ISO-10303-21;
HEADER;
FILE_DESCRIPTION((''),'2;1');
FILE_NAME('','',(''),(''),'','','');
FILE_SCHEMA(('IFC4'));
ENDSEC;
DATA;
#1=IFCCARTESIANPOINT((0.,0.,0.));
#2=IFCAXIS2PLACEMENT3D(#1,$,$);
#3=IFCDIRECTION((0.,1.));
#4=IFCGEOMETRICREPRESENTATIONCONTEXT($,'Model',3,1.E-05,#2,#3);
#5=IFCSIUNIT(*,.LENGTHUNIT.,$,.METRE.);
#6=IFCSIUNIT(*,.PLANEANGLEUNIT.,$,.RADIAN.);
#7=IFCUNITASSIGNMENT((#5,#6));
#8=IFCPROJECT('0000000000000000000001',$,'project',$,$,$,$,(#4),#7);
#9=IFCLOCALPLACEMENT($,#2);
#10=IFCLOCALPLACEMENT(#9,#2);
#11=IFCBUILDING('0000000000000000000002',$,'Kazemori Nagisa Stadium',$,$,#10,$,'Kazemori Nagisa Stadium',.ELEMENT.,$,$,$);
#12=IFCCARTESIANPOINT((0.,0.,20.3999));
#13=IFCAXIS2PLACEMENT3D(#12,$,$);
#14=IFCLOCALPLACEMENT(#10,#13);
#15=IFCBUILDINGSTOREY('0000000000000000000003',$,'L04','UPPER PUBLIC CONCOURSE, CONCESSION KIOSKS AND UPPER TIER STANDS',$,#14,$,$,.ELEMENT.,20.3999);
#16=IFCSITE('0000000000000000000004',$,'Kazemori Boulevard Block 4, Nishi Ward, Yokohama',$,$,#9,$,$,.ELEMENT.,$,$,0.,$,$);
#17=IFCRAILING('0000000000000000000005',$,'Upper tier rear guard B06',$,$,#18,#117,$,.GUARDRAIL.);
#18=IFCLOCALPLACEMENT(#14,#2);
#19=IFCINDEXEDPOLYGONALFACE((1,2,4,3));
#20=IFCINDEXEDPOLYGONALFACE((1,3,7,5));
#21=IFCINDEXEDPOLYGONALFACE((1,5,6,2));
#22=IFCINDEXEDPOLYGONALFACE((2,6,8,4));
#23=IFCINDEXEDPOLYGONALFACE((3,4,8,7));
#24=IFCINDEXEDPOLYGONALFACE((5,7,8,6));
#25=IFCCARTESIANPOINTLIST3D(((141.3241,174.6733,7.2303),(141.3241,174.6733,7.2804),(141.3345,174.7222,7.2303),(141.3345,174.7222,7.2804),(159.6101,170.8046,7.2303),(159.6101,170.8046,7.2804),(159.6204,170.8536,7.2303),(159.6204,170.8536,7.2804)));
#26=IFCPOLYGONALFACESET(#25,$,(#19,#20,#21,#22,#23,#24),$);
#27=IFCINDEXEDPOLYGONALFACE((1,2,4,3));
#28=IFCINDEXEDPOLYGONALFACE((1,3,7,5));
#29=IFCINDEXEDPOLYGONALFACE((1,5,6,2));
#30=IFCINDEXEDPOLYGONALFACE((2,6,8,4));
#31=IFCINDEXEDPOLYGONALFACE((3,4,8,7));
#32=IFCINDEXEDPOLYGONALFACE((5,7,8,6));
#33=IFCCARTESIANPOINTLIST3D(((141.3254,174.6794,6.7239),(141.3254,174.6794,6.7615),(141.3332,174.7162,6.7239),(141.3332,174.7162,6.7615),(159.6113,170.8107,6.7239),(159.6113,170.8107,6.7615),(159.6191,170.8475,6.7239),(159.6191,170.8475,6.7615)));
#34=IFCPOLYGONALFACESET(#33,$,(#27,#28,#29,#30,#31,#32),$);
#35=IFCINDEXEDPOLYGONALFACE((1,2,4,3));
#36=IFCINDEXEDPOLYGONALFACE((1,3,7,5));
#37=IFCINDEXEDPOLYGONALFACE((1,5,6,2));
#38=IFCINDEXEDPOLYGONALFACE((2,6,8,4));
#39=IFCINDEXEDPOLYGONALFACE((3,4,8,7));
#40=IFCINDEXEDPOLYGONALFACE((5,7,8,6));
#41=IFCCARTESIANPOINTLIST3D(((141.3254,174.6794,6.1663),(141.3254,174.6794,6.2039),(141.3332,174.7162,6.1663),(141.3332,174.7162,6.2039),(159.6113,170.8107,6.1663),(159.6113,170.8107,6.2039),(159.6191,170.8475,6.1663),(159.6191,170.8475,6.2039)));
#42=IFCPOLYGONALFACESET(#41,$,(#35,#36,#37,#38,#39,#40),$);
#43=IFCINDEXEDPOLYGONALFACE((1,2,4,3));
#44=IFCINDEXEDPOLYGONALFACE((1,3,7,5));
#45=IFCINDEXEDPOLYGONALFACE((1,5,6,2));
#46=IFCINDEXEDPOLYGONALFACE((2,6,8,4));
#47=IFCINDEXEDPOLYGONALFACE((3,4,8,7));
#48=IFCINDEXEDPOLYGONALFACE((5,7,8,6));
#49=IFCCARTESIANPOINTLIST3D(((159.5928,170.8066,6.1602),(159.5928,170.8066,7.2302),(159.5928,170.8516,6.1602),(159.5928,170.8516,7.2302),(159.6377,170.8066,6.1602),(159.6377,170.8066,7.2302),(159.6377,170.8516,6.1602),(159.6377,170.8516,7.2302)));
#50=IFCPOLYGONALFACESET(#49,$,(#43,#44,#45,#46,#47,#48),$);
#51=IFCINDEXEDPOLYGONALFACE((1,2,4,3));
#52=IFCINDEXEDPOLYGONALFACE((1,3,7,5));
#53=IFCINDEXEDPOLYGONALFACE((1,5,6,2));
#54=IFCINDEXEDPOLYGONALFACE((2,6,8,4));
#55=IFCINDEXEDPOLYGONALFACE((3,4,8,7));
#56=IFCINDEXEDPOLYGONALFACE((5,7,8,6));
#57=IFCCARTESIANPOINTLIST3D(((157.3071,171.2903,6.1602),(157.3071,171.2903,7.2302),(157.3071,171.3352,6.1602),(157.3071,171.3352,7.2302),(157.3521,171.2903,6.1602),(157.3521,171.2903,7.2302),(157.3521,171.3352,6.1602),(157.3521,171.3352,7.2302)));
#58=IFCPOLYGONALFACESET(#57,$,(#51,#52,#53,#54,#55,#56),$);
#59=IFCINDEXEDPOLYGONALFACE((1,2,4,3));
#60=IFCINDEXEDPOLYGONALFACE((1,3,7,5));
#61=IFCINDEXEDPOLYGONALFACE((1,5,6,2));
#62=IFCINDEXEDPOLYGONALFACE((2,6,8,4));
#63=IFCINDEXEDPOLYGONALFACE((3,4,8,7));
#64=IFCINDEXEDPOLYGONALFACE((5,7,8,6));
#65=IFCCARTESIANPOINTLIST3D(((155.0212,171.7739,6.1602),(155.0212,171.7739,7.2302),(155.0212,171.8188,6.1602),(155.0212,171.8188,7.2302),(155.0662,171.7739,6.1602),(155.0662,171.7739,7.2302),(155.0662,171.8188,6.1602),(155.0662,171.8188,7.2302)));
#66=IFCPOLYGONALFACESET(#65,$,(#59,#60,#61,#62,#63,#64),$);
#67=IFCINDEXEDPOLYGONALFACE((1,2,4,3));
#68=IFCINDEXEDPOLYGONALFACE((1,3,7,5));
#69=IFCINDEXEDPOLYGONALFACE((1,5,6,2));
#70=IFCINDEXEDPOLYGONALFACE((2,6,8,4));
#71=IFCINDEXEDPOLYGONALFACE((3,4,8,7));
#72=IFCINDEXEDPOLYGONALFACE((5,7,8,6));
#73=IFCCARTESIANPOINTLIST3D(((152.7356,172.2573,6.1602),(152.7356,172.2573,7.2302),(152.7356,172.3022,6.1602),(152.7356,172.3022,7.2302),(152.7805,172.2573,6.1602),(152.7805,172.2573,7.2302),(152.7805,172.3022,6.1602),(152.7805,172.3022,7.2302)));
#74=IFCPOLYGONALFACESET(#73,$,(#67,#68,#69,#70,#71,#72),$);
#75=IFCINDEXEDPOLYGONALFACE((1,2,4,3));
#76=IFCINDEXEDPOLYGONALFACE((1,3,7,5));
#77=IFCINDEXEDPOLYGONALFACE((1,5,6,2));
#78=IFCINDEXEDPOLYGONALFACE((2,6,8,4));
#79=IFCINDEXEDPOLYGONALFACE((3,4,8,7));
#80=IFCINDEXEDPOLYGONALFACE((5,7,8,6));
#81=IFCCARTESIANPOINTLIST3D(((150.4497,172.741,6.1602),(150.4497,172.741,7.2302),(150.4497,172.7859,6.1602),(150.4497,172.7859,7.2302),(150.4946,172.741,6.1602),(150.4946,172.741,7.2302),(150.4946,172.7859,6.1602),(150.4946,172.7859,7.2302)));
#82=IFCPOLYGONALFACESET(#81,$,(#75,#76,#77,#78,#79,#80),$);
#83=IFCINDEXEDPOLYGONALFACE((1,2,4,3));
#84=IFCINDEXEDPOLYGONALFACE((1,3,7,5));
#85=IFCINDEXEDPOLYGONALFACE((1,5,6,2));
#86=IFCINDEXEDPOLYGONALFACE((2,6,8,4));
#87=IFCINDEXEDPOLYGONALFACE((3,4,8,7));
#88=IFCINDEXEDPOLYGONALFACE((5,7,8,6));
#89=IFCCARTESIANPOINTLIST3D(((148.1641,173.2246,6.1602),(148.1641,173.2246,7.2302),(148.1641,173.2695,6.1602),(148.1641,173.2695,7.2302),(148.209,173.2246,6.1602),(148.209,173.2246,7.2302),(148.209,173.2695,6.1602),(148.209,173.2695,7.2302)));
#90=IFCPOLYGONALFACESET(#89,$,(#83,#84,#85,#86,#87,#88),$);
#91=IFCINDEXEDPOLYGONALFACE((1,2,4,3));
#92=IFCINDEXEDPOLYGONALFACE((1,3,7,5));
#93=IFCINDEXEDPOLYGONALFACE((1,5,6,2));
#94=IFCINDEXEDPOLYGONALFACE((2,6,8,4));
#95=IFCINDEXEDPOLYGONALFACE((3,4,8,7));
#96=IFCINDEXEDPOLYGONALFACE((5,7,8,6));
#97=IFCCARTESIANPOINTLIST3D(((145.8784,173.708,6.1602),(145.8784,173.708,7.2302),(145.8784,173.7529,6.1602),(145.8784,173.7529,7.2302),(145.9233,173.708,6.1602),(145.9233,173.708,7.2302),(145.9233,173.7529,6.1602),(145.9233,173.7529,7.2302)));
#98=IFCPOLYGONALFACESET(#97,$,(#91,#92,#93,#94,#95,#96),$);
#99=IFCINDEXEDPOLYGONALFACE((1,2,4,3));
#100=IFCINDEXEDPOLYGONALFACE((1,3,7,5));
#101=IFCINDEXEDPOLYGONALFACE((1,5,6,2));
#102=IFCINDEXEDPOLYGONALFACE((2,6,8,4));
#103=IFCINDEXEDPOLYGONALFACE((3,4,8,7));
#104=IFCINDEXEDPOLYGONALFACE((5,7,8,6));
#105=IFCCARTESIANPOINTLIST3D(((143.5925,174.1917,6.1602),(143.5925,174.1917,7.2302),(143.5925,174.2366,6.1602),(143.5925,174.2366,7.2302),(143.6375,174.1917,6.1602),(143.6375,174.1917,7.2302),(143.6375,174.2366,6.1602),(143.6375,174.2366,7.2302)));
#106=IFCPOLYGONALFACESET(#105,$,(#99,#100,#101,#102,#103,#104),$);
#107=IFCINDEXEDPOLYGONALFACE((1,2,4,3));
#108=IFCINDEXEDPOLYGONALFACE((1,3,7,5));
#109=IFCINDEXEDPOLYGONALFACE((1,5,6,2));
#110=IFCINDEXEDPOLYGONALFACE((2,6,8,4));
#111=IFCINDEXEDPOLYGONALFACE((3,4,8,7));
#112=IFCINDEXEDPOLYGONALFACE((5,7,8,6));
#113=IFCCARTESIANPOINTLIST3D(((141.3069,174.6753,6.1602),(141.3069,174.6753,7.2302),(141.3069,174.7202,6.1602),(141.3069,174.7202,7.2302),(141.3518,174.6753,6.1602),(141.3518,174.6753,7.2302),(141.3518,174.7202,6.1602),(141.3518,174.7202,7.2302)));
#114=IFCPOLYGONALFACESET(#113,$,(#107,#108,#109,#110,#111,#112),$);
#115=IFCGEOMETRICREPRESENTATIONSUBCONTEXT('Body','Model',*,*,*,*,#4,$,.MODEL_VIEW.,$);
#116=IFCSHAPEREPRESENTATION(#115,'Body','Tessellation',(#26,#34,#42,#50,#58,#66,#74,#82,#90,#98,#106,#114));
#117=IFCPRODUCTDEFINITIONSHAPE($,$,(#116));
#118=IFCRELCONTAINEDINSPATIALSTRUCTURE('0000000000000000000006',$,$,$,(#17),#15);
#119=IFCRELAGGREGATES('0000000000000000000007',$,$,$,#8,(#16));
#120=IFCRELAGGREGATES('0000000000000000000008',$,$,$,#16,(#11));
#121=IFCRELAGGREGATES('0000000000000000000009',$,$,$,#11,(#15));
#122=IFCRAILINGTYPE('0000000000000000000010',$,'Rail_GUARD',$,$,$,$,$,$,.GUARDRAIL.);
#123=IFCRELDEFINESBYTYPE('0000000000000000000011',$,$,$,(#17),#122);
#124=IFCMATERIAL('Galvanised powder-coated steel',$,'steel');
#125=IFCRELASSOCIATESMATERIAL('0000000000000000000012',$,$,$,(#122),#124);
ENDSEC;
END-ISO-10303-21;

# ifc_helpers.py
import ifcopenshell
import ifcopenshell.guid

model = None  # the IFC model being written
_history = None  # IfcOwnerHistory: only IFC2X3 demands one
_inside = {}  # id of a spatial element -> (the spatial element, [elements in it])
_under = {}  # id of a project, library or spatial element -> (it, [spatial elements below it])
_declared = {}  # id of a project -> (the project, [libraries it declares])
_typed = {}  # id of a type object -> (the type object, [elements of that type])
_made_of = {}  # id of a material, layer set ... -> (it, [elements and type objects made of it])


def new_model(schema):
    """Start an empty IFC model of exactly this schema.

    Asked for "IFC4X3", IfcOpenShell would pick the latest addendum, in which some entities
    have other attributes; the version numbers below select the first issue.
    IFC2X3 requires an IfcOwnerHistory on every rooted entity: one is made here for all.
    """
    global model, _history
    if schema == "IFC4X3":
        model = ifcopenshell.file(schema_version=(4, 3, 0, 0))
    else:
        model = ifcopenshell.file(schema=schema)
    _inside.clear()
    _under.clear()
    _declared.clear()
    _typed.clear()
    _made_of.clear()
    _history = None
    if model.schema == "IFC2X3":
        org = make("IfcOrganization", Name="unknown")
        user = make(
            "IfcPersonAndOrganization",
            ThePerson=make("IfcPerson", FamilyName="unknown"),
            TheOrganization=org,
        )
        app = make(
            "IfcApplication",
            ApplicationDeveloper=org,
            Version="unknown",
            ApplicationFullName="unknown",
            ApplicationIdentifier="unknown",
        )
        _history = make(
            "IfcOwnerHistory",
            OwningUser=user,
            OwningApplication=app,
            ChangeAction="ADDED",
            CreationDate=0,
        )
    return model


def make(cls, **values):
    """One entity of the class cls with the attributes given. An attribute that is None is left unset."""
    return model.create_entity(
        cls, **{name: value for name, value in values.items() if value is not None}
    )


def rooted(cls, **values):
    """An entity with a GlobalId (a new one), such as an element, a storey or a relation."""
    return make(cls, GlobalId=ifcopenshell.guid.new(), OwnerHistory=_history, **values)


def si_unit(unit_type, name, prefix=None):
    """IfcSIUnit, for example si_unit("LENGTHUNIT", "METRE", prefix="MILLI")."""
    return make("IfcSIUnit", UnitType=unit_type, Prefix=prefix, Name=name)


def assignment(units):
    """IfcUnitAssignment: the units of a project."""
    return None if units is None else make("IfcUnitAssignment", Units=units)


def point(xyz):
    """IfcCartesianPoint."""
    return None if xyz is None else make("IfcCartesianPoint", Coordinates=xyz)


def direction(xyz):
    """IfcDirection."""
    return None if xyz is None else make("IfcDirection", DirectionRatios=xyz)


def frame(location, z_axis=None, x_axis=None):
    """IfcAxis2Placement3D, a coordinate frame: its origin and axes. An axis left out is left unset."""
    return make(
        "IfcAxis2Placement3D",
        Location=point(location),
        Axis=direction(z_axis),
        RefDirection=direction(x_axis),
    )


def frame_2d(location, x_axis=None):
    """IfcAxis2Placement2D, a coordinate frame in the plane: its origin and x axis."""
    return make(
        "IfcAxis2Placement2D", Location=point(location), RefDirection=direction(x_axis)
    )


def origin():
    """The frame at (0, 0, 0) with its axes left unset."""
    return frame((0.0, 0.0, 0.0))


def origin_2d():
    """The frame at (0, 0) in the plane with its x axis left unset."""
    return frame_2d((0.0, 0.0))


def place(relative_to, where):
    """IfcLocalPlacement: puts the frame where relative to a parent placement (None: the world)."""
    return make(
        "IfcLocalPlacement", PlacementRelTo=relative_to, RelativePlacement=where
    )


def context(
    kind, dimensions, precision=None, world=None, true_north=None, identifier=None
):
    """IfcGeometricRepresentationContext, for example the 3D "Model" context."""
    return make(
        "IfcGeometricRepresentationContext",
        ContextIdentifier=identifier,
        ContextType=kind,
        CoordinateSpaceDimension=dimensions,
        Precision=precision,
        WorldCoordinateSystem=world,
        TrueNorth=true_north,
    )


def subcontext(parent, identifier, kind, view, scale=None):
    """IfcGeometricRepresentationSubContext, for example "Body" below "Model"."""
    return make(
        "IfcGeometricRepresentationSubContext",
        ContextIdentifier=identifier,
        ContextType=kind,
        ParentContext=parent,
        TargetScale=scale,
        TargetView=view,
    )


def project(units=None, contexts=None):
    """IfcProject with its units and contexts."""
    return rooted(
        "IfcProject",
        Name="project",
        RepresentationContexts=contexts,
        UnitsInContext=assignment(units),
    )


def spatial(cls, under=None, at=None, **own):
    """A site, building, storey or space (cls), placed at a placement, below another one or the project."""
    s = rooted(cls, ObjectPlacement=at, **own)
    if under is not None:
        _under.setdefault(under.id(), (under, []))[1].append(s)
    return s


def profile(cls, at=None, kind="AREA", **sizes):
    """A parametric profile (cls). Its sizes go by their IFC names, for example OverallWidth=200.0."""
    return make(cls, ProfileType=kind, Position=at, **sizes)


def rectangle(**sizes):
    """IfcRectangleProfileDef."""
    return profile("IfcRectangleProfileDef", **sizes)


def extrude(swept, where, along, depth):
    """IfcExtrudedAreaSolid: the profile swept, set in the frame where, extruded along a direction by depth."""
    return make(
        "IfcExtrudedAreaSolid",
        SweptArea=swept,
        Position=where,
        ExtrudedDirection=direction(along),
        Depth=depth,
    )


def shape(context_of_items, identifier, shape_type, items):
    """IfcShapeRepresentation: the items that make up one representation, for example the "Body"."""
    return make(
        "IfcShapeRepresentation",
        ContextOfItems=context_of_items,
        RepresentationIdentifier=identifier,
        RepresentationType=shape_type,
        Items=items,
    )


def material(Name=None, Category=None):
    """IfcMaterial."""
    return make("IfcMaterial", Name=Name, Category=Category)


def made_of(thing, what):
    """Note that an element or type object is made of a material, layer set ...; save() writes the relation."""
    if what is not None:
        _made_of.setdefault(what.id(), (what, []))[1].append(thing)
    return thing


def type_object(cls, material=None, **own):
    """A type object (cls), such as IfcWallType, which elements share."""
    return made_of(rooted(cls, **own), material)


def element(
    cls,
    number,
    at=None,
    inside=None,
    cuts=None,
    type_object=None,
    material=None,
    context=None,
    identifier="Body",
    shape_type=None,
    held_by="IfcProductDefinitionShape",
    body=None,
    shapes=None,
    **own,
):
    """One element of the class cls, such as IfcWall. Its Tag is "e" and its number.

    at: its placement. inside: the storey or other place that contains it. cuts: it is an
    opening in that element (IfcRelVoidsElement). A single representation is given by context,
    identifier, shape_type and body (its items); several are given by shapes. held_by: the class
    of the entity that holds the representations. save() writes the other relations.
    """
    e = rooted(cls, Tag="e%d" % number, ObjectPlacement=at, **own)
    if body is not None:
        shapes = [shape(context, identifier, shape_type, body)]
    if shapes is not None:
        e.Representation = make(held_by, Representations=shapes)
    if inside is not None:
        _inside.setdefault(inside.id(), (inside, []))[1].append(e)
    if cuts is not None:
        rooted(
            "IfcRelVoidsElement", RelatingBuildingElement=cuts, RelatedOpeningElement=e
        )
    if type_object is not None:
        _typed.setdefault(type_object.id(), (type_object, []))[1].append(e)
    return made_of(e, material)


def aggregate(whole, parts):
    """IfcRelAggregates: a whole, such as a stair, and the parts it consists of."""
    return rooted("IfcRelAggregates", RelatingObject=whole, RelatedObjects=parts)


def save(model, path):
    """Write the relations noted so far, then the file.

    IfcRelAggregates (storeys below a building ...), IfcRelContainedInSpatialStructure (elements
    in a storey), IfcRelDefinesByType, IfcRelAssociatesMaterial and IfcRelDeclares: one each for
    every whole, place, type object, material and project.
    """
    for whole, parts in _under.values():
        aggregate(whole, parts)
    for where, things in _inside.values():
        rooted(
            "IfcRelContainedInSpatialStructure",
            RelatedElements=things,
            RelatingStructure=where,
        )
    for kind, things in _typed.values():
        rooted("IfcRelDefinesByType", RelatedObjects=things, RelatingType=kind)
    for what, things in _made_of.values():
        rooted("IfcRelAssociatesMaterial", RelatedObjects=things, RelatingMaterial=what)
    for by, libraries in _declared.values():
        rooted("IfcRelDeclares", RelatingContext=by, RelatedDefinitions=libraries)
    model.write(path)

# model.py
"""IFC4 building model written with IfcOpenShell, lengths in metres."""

from ifc_helpers import new_model, si_unit, direction, frame, origin, origin_2d, place, context, subcontext, project, spatial, rectangle, extrude, material, type_object, element, save


model = new_model("IFC4")

# Units and contexts
model_context = context("Model", 3, precision=1e-05, world=origin(), true_north=direction((0.0, 1.0)))
body_context = subcontext(model_context, "Body", "Model", "MODEL_VIEW")
ifc_project = project(units=[si_unit("LENGTHUNIT", "METRE"), si_unit("PLANEANGLEUNIT", "RADIAN")], contexts=[model_context])

# Site, building, storey
site_placement = place(None, origin())
site = spatial("IfcSite", under=ifc_project, at=site_placement, Name="Kazemori Boulevard Block 4, Nishi Ward, Yokohama", CompositionType="ELEMENT", RefElevation=0.0)
building_placement = place(site_placement, origin())
building = spatial("IfcBuilding", under=site, at=building_placement, Name="Kazemori Nagisa Stadium", LongName="Kazemori Nagisa Stadium", CompositionType="ELEMENT")
storey_placement = place(building_placement, frame((0.0, 0.0, 20.3999)))
storey = spatial("IfcBuildingStorey", under=building, at=storey_placement, Name="L04", Description="UPPER PUBLIC CONCOURSE, CONCESSION KIOSKS AND UPPER TIER STANDS", CompositionType="ELEMENT", Elevation=20.3999)

# Railing
ifc_material_1 = material(Name="Galvanised powder-coated steel", Category="steel")
railing_type = type_object("IfcRailingType", Name="Rail_GUARD", PredefinedType="GUARDRAIL", material=ifc_material_1)
railing_placement = place(storey_placement, frame((159.6152, 170.8291, 6.1602)))
element("IfcRailing", 1, at=railing_placement, inside=storey, type_object=railing_type, Name="Upper tier rear guard B06", PredefinedType="GUARDRAIL", context=body_context, shape_type="SweptSolid", body=[
    extrude(rectangle(XDim=0.05, YDim=0.05, at=origin_2d()), frame((0.0, 0.0, 1.0952), z_axis=(-0.978344, 0.206983, 0.0), x_axis=(-0.206983, -0.978344, 0.0)), (0.0, 0.0, 1.0), 18.6907),
    extrude(rectangle(XDim=0.0376, YDim=0.0376, at=origin_2d()), frame((0.0, 0.0, 0.5825), z_axis=(-0.978344, 0.206983, 0.0), x_axis=(-0.206983, -0.978344, 0.0)), (0.0, 0.0, 1.0), 18.6907),
    extrude(rectangle(XDim=0.0376, YDim=0.0376, at=origin_2d()), frame((0.0, 0.0, 0.0249), z_axis=(-0.978344, 0.206983, 0.0), x_axis=(-0.206983, -0.978344, 0.0)), (0.0, 0.0, 1.0), 18.6907),
    extrude(rectangle(XDim=0.0449, YDim=0.0449, at=origin_2d()), origin(), (0.0, 0.0, 1.0), 1.0701),
    extrude(rectangle(XDim=0.0449, YDim=0.0449, at=origin_2d()), frame((-2.2856, 0.4836, 0.0)), (0.0, 0.0, 1.0), 1.0701),
    extrude(rectangle(XDim=0.0449, YDim=0.0449, at=origin_2d()), frame((-4.5715, 0.9673, 0.0)), (0.0, 0.0, 1.0), 1.0701),
    extrude(rectangle(XDim=0.0449, YDim=0.0449, at=origin_2d()), frame((-6.8572, 1.4507, 0.0)), (0.0, 0.0, 1.0), 1.0701),
    extrude(rectangle(XDim=0.0449, YDim=0.0449, at=origin_2d()), frame((-9.1431, 1.9343, 0.0)), (0.0, 0.0, 1.0), 1.0701),
    extrude(rectangle(XDim=0.0449, YDim=0.0449, at=origin_2d()), frame((-11.4287, 2.418, 0.0)), (0.0, 0.0, 1.0), 1.0701),
    extrude(rectangle(XDim=0.0449, YDim=0.0449, at=origin_2d()), frame((-13.7144, 2.9014, 0.0)), (0.0, 0.0, 1.0), 1.0701),
    extrude(rectangle(XDim=0.0449, YDim=0.0449, at=origin_2d()), frame((-16.0002, 3.385, 0.0)), (0.0, 0.0, 1.0), 1.0701),
    extrude(rectangle(XDim=0.0449, YDim=0.0449, at=origin_2d()), frame((-18.2859, 3.8687, 0.0)), (0.0, 0.0, 1.0), 1.0701),
])

save(model, "model.ifc")
